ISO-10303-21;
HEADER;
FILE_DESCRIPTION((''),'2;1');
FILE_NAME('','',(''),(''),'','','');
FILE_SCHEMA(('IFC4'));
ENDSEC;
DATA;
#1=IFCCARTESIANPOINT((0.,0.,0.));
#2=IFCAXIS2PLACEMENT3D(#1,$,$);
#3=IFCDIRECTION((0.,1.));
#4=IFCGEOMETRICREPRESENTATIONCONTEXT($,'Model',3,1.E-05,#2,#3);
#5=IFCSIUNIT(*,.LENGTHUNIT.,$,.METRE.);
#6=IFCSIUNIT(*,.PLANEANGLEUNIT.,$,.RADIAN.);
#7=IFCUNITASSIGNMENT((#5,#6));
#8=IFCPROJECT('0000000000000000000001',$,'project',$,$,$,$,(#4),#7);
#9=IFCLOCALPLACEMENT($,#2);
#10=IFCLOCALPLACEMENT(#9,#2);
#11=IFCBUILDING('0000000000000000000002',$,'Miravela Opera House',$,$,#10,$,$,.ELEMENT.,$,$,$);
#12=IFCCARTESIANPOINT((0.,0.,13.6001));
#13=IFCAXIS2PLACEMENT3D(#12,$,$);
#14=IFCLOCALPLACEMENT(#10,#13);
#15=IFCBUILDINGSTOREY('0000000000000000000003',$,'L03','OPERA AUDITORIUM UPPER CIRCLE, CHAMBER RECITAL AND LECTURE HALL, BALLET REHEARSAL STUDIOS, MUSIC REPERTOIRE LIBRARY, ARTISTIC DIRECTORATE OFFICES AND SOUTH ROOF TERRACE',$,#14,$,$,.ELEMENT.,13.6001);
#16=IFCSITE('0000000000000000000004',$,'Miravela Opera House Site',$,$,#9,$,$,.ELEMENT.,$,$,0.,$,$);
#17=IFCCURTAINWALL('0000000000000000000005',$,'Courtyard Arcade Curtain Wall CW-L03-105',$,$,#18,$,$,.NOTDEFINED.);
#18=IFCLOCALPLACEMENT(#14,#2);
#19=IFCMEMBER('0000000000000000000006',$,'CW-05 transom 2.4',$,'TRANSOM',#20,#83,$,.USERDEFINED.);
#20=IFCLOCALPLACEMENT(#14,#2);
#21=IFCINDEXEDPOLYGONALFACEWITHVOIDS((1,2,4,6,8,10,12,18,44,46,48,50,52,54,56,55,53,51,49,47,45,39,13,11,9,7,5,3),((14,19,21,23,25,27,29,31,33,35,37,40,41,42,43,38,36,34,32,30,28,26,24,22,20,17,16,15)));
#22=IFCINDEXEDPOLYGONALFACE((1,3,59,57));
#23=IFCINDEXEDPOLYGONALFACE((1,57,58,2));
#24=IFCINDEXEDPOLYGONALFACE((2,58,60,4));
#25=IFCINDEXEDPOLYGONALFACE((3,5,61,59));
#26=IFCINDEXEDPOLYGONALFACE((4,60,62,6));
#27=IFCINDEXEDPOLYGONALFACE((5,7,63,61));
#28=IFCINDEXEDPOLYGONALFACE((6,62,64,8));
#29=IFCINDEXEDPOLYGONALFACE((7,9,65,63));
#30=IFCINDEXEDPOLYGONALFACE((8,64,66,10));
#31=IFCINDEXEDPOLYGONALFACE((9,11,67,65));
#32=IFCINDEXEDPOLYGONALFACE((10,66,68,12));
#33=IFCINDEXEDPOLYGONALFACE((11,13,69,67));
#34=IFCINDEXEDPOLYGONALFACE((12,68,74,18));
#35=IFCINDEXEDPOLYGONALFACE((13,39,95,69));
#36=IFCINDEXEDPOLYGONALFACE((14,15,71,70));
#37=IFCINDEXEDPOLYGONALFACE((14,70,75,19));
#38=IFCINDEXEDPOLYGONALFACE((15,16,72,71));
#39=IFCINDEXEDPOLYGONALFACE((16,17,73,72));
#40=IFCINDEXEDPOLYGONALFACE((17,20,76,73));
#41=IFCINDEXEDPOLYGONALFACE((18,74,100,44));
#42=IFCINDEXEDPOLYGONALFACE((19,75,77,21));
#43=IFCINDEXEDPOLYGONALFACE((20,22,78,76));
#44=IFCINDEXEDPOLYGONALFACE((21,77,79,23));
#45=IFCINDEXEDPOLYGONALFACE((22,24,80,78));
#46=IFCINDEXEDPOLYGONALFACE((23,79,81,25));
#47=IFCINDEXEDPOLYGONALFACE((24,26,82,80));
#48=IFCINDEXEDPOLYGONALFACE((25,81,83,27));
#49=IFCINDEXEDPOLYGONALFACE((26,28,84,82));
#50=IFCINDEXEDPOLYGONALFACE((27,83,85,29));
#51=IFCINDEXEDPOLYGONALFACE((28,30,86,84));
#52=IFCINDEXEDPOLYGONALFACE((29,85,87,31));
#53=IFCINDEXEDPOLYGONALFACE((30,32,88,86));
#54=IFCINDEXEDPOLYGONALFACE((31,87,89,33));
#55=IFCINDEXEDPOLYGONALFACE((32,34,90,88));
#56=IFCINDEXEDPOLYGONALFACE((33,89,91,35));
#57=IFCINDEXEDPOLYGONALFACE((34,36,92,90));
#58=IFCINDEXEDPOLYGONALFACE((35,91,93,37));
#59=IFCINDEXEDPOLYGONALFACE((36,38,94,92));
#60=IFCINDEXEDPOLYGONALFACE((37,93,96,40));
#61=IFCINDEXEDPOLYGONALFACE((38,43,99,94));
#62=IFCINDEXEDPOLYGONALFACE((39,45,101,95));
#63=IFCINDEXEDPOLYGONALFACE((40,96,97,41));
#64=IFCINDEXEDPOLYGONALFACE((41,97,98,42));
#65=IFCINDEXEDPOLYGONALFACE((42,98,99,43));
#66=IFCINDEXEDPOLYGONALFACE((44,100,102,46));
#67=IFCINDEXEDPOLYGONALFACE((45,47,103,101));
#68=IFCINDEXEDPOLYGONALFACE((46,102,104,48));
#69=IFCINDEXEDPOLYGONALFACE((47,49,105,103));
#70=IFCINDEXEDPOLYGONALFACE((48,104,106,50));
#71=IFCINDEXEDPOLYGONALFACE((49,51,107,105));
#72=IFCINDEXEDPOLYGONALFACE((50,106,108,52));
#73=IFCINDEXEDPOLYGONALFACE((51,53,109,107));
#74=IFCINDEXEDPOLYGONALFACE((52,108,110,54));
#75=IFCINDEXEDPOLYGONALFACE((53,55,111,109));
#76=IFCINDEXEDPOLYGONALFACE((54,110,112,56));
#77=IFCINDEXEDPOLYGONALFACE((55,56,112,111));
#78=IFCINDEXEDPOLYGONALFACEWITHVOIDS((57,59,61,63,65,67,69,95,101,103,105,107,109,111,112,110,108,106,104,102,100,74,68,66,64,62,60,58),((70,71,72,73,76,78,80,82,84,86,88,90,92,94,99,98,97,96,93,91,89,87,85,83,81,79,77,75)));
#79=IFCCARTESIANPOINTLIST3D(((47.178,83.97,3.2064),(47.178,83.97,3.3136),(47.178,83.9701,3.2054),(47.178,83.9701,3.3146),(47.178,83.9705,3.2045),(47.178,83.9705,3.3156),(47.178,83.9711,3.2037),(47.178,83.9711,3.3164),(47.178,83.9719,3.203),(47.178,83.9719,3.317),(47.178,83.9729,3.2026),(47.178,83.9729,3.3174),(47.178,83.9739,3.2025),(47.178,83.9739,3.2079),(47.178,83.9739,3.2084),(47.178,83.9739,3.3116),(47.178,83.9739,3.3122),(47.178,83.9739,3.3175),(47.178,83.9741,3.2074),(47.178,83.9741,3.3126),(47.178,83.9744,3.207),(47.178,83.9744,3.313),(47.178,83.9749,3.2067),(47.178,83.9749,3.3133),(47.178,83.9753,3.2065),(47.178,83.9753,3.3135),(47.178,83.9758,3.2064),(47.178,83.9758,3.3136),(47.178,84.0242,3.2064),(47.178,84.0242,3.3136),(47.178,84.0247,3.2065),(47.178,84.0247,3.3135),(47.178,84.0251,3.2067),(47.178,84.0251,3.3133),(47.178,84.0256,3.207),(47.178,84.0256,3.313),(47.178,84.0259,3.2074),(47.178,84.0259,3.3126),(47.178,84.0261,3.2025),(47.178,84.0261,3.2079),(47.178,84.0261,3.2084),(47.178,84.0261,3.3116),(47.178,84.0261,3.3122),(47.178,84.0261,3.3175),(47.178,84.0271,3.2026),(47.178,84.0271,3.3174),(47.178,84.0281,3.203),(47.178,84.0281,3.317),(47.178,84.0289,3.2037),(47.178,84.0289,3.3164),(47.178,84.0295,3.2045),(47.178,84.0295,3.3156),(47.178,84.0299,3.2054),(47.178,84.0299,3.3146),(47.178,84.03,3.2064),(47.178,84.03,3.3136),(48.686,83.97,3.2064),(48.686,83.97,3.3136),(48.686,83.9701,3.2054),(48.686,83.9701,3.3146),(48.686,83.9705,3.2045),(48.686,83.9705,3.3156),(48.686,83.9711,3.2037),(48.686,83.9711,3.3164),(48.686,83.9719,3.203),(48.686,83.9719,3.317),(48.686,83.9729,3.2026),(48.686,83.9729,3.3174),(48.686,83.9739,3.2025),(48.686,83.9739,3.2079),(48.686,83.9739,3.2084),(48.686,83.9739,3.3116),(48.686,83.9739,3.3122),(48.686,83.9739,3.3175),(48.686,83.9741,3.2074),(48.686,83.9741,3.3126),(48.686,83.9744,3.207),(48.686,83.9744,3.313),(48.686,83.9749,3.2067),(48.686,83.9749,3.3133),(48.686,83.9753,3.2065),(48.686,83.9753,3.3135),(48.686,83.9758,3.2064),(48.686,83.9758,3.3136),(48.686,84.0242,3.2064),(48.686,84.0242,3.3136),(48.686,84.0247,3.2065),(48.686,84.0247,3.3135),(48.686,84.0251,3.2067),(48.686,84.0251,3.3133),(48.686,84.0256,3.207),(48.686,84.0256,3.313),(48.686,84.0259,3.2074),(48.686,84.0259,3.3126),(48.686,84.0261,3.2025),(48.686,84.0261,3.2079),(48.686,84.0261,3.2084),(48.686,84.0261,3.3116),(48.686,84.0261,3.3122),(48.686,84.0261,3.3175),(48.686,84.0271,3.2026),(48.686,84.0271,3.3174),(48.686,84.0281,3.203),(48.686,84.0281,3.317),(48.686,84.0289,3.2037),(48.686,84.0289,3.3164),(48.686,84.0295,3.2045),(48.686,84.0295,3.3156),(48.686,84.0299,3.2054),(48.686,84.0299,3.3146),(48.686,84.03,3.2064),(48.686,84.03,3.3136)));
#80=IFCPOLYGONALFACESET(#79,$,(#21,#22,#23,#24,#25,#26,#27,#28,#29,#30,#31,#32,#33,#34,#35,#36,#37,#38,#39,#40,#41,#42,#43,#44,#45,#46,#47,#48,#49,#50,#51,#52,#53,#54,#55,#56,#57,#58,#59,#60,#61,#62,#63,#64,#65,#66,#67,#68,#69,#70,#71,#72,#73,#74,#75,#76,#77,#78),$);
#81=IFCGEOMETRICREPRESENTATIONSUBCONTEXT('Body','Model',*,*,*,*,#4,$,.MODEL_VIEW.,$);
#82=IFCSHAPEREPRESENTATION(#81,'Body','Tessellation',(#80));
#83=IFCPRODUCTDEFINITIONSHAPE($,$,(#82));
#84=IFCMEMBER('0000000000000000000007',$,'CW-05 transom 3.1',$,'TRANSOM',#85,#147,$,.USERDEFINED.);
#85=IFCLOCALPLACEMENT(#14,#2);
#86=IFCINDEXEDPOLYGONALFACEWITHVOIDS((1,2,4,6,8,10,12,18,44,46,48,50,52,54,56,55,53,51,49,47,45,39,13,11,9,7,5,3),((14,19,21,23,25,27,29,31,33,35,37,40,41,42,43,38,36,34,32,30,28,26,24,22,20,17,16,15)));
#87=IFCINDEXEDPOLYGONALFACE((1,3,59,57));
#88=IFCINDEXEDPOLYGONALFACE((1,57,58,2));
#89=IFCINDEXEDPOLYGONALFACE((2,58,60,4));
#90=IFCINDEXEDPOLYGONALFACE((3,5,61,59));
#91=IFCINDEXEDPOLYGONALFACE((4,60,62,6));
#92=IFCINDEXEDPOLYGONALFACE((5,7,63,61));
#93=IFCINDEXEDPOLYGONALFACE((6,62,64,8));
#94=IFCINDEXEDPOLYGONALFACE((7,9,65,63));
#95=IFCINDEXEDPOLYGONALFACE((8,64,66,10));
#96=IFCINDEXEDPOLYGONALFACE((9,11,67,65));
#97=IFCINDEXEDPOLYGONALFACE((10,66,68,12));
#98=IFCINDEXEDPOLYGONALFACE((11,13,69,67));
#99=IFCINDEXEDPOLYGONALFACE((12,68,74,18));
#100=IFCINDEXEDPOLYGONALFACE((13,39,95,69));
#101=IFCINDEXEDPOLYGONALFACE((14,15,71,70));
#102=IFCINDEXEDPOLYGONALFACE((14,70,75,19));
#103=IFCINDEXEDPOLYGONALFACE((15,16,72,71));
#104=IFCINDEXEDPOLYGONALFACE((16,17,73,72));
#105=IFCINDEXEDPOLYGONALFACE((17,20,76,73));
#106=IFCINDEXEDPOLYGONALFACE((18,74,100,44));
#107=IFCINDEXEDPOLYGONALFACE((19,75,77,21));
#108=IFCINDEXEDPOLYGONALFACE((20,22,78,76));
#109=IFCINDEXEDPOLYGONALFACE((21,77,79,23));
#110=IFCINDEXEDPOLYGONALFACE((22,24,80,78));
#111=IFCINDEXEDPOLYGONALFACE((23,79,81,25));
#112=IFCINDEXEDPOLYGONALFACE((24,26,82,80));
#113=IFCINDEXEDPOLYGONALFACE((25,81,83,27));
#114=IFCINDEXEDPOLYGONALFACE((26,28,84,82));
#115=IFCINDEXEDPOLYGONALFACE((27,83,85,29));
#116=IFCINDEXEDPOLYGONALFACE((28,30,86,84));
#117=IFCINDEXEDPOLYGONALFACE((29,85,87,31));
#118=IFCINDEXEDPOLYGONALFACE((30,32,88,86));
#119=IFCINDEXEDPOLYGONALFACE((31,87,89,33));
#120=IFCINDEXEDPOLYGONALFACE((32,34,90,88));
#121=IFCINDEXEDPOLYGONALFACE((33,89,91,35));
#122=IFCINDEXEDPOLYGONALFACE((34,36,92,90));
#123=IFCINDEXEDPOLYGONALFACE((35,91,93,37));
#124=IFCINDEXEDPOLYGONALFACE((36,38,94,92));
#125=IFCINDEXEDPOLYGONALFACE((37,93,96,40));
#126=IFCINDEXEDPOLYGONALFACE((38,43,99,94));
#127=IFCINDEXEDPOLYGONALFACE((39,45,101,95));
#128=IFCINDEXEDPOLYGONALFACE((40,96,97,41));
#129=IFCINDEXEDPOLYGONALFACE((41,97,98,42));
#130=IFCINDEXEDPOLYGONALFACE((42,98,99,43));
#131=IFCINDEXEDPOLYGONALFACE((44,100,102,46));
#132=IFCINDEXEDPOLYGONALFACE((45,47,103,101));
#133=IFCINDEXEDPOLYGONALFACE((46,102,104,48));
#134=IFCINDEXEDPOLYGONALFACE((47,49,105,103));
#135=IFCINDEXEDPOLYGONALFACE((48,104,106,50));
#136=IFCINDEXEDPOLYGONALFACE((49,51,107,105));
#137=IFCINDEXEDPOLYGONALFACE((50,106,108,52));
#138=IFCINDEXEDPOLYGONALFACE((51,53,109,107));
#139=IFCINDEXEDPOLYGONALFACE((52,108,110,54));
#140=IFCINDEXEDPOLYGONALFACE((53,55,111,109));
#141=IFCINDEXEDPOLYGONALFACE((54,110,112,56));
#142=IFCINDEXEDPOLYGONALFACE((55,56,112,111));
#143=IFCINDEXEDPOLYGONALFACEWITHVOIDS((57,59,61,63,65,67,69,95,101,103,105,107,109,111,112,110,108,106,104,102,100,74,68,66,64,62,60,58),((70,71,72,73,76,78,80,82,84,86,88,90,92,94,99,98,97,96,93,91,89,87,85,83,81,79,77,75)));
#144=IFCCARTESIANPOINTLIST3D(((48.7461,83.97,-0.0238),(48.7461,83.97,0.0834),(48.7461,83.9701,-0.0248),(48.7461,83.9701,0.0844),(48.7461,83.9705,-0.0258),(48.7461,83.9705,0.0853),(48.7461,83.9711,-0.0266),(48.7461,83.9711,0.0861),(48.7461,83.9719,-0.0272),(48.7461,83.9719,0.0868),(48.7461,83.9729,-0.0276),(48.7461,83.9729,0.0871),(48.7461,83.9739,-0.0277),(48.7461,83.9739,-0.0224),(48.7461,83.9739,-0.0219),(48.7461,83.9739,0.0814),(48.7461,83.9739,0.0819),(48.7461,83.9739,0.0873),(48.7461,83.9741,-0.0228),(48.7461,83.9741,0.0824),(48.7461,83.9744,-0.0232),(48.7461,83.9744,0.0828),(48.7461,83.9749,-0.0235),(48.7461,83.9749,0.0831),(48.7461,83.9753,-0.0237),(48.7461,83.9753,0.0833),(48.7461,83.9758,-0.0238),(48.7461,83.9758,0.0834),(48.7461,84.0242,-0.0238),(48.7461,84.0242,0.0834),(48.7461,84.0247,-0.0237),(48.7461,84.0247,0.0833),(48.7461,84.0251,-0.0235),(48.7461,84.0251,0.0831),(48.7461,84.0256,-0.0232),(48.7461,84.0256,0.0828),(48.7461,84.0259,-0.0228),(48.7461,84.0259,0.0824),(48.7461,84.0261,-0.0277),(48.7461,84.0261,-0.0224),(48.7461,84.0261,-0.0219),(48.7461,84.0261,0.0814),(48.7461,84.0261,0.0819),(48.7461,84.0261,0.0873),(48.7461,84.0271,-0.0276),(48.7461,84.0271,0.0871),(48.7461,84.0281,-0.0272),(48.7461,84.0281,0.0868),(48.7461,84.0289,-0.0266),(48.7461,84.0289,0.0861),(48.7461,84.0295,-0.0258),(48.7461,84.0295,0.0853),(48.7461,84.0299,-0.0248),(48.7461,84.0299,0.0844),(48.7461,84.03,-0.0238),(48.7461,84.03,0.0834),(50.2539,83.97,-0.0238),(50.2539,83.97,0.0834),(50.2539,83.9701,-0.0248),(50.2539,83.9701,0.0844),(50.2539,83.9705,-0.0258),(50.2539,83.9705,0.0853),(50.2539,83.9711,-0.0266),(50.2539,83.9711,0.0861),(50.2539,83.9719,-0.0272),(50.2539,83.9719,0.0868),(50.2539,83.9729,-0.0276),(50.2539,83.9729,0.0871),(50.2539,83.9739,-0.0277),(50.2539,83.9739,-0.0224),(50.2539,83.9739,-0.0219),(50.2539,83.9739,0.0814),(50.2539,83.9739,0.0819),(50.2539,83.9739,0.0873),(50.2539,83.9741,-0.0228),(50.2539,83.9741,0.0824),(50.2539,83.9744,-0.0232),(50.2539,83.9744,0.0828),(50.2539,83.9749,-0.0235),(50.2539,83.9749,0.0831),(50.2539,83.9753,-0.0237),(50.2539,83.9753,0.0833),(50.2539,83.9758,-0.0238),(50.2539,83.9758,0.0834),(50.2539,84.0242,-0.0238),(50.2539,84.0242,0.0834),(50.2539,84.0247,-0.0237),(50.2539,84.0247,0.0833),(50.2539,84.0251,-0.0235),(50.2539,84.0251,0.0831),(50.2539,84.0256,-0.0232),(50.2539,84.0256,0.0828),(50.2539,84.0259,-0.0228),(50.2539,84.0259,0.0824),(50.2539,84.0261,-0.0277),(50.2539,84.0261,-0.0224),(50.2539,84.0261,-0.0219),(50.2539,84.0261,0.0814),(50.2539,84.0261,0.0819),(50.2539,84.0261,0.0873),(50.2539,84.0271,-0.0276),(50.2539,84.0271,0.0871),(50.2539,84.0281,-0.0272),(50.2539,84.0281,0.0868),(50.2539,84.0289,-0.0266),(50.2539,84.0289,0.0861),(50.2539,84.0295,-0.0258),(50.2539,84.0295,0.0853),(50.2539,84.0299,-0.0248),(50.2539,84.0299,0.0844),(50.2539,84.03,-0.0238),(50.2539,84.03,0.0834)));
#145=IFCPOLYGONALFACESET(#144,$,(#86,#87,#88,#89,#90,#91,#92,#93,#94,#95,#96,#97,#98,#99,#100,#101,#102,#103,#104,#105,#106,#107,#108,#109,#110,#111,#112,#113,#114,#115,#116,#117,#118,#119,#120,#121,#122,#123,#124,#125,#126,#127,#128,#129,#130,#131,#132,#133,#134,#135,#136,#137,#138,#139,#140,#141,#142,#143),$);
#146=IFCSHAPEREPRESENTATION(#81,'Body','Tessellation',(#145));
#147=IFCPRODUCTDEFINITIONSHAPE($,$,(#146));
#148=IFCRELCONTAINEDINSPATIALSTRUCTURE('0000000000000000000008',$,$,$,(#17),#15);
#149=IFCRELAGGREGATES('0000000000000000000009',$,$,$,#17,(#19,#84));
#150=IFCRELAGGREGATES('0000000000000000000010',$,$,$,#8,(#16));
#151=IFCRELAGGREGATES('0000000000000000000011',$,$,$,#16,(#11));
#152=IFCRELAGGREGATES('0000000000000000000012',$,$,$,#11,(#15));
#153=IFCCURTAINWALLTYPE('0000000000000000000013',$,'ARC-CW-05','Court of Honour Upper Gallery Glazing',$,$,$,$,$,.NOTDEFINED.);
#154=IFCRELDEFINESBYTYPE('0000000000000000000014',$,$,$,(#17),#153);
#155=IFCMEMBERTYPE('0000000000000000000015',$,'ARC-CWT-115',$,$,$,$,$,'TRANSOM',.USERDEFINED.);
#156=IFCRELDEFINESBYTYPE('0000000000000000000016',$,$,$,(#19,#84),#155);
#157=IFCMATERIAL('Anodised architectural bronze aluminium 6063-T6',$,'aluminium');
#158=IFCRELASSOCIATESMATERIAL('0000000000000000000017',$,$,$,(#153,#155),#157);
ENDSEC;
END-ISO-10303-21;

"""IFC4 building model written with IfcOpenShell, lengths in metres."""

from ifc_helpers import new_model, si_unit, direction, frame, origin, origin_2d, place, context, subcontext, project, spatial, hollow_rectangle, extrude, material, material_profile, profile_set, type_object, element, aggregate, save


model = new_model("IFC4")

# Units and contexts
model_context = context("Model", 3, precision=1e-05, world=origin(), true_north=direction((0.0, 1.0)))
body_context = subcontext(model_context, "Body", "Model", "MODEL_VIEW")
ifc_project = project(units=[si_unit("LENGTHUNIT", "METRE"), si_unit("PLANEANGLEUNIT", "RADIAN")], contexts=[model_context])

# Site, building, storey
site_placement = place(None, origin())
site = spatial("IfcSite", under=ifc_project, at=site_placement, Name="Miravela Opera House Site", CompositionType="ELEMENT", RefElevation=0.0)
building_placement = place(site_placement, origin())
building = spatial("IfcBuilding", under=site, at=building_placement, Name="Miravela Opera House", CompositionType="ELEMENT")
storey_placement = place(building_placement, frame((0.0, 0.0, 13.6001)))
storey = spatial("IfcBuildingStorey", under=building, at=storey_placement, Name="L03", Description="OPERA AUDITORIUM UPPER CIRCLE, CHAMBER RECITAL AND LECTURE HALL, BALLET REHEARSAL STUDIOS, MUSIC REPERTOIRE LIBRARY, ARTISTIC DIRECTORATE OFFICES AND SOUTH ROOF TERRACE", CompositionType="ELEMENT", Elevation=13.6001)

# Shared definitions
ifc_material_1 = material(Name="Anodised architectural bronze aluminium 6063-T6", Category="aluminium")
curtain_wall_type = type_object("IfcCurtainWallType", Name="ARC-CW-05", Description="Court of Honour Upper Gallery Glazing", PredefinedType="NOTDEFINED", material=ifc_material_1)

# Curtain wall
curtain_wall_1_placement = place(storey_placement, origin())
curtain_wall_1 = element("IfcCurtainWall", 1, at=curtain_wall_1_placement, inside=storey, type_object=curtain_wall_type, Name="Courtyard Arcade Curtain Wall CW-L03-105", PredefinedType="NOTDEFINED")

# Members
ifc_material_profile_1 = material_profile(ifc_material_1, hollow_rectangle(XDim=0.0601, YDim=0.115, WallThickness=0.0039, InnerFilletRadius=0.002, OuterFilletRadius=0.0039, at=origin_2d()), Name="CWT-60X115")
ifc_profile_set_1 = profile_set([ifc_material_profile_1])
member_type_1 = type_object("IfcMemberType", Name="ARC-CWT-115", ElementType="TRANSOM", PredefinedType="USERDEFINED", material=ifc_profile_set_1)
member_1_placement = place(storey_placement, frame((47.178, 84.0, 3.26), z_axis=(1.0, 0.0, 0.0), x_axis=(0.0, 1.0, 0.0)))
member_1 = element("IfcMember", 2, at=member_1_placement, type_object=member_type_1, Name="CW-05 transom 2.4", ObjectType="TRANSOM", PredefinedType="USERDEFINED", context=body_context, shape_type="SweptSolid", body=[
    extrude(hollow_rectangle(XDim=0.0601, YDim=0.115, WallThickness=0.0039, InnerFilletRadius=0.002, OuterFilletRadius=0.0039, at=origin_2d()), origin(), (0.0, 0.0, 1.0), 1.5081),
])
member_2_placement = place(storey_placement, frame((48.7461, 84.0, 0.0298), z_axis=(1.0, 0.0, 0.0), x_axis=(0.0, 1.0, 0.0)))
member_2 = element("IfcMember", 3, at=member_2_placement, type_object=member_type_1, Name="CW-05 transom 3.1", ObjectType="TRANSOM", PredefinedType="USERDEFINED", context=body_context, shape_type="SweptSolid", body=[
    extrude(hollow_rectangle(XDim=0.0601, YDim=0.115, WallThickness=0.0039, InnerFilletRadius=0.002, OuterFilletRadius=0.0039, at=origin_2d()), origin(), (0.0, 0.0, 1.0), 1.5078),
])

aggregate(curtain_wall_1, [member_1, member_2])

save(model, "model.ifc")
